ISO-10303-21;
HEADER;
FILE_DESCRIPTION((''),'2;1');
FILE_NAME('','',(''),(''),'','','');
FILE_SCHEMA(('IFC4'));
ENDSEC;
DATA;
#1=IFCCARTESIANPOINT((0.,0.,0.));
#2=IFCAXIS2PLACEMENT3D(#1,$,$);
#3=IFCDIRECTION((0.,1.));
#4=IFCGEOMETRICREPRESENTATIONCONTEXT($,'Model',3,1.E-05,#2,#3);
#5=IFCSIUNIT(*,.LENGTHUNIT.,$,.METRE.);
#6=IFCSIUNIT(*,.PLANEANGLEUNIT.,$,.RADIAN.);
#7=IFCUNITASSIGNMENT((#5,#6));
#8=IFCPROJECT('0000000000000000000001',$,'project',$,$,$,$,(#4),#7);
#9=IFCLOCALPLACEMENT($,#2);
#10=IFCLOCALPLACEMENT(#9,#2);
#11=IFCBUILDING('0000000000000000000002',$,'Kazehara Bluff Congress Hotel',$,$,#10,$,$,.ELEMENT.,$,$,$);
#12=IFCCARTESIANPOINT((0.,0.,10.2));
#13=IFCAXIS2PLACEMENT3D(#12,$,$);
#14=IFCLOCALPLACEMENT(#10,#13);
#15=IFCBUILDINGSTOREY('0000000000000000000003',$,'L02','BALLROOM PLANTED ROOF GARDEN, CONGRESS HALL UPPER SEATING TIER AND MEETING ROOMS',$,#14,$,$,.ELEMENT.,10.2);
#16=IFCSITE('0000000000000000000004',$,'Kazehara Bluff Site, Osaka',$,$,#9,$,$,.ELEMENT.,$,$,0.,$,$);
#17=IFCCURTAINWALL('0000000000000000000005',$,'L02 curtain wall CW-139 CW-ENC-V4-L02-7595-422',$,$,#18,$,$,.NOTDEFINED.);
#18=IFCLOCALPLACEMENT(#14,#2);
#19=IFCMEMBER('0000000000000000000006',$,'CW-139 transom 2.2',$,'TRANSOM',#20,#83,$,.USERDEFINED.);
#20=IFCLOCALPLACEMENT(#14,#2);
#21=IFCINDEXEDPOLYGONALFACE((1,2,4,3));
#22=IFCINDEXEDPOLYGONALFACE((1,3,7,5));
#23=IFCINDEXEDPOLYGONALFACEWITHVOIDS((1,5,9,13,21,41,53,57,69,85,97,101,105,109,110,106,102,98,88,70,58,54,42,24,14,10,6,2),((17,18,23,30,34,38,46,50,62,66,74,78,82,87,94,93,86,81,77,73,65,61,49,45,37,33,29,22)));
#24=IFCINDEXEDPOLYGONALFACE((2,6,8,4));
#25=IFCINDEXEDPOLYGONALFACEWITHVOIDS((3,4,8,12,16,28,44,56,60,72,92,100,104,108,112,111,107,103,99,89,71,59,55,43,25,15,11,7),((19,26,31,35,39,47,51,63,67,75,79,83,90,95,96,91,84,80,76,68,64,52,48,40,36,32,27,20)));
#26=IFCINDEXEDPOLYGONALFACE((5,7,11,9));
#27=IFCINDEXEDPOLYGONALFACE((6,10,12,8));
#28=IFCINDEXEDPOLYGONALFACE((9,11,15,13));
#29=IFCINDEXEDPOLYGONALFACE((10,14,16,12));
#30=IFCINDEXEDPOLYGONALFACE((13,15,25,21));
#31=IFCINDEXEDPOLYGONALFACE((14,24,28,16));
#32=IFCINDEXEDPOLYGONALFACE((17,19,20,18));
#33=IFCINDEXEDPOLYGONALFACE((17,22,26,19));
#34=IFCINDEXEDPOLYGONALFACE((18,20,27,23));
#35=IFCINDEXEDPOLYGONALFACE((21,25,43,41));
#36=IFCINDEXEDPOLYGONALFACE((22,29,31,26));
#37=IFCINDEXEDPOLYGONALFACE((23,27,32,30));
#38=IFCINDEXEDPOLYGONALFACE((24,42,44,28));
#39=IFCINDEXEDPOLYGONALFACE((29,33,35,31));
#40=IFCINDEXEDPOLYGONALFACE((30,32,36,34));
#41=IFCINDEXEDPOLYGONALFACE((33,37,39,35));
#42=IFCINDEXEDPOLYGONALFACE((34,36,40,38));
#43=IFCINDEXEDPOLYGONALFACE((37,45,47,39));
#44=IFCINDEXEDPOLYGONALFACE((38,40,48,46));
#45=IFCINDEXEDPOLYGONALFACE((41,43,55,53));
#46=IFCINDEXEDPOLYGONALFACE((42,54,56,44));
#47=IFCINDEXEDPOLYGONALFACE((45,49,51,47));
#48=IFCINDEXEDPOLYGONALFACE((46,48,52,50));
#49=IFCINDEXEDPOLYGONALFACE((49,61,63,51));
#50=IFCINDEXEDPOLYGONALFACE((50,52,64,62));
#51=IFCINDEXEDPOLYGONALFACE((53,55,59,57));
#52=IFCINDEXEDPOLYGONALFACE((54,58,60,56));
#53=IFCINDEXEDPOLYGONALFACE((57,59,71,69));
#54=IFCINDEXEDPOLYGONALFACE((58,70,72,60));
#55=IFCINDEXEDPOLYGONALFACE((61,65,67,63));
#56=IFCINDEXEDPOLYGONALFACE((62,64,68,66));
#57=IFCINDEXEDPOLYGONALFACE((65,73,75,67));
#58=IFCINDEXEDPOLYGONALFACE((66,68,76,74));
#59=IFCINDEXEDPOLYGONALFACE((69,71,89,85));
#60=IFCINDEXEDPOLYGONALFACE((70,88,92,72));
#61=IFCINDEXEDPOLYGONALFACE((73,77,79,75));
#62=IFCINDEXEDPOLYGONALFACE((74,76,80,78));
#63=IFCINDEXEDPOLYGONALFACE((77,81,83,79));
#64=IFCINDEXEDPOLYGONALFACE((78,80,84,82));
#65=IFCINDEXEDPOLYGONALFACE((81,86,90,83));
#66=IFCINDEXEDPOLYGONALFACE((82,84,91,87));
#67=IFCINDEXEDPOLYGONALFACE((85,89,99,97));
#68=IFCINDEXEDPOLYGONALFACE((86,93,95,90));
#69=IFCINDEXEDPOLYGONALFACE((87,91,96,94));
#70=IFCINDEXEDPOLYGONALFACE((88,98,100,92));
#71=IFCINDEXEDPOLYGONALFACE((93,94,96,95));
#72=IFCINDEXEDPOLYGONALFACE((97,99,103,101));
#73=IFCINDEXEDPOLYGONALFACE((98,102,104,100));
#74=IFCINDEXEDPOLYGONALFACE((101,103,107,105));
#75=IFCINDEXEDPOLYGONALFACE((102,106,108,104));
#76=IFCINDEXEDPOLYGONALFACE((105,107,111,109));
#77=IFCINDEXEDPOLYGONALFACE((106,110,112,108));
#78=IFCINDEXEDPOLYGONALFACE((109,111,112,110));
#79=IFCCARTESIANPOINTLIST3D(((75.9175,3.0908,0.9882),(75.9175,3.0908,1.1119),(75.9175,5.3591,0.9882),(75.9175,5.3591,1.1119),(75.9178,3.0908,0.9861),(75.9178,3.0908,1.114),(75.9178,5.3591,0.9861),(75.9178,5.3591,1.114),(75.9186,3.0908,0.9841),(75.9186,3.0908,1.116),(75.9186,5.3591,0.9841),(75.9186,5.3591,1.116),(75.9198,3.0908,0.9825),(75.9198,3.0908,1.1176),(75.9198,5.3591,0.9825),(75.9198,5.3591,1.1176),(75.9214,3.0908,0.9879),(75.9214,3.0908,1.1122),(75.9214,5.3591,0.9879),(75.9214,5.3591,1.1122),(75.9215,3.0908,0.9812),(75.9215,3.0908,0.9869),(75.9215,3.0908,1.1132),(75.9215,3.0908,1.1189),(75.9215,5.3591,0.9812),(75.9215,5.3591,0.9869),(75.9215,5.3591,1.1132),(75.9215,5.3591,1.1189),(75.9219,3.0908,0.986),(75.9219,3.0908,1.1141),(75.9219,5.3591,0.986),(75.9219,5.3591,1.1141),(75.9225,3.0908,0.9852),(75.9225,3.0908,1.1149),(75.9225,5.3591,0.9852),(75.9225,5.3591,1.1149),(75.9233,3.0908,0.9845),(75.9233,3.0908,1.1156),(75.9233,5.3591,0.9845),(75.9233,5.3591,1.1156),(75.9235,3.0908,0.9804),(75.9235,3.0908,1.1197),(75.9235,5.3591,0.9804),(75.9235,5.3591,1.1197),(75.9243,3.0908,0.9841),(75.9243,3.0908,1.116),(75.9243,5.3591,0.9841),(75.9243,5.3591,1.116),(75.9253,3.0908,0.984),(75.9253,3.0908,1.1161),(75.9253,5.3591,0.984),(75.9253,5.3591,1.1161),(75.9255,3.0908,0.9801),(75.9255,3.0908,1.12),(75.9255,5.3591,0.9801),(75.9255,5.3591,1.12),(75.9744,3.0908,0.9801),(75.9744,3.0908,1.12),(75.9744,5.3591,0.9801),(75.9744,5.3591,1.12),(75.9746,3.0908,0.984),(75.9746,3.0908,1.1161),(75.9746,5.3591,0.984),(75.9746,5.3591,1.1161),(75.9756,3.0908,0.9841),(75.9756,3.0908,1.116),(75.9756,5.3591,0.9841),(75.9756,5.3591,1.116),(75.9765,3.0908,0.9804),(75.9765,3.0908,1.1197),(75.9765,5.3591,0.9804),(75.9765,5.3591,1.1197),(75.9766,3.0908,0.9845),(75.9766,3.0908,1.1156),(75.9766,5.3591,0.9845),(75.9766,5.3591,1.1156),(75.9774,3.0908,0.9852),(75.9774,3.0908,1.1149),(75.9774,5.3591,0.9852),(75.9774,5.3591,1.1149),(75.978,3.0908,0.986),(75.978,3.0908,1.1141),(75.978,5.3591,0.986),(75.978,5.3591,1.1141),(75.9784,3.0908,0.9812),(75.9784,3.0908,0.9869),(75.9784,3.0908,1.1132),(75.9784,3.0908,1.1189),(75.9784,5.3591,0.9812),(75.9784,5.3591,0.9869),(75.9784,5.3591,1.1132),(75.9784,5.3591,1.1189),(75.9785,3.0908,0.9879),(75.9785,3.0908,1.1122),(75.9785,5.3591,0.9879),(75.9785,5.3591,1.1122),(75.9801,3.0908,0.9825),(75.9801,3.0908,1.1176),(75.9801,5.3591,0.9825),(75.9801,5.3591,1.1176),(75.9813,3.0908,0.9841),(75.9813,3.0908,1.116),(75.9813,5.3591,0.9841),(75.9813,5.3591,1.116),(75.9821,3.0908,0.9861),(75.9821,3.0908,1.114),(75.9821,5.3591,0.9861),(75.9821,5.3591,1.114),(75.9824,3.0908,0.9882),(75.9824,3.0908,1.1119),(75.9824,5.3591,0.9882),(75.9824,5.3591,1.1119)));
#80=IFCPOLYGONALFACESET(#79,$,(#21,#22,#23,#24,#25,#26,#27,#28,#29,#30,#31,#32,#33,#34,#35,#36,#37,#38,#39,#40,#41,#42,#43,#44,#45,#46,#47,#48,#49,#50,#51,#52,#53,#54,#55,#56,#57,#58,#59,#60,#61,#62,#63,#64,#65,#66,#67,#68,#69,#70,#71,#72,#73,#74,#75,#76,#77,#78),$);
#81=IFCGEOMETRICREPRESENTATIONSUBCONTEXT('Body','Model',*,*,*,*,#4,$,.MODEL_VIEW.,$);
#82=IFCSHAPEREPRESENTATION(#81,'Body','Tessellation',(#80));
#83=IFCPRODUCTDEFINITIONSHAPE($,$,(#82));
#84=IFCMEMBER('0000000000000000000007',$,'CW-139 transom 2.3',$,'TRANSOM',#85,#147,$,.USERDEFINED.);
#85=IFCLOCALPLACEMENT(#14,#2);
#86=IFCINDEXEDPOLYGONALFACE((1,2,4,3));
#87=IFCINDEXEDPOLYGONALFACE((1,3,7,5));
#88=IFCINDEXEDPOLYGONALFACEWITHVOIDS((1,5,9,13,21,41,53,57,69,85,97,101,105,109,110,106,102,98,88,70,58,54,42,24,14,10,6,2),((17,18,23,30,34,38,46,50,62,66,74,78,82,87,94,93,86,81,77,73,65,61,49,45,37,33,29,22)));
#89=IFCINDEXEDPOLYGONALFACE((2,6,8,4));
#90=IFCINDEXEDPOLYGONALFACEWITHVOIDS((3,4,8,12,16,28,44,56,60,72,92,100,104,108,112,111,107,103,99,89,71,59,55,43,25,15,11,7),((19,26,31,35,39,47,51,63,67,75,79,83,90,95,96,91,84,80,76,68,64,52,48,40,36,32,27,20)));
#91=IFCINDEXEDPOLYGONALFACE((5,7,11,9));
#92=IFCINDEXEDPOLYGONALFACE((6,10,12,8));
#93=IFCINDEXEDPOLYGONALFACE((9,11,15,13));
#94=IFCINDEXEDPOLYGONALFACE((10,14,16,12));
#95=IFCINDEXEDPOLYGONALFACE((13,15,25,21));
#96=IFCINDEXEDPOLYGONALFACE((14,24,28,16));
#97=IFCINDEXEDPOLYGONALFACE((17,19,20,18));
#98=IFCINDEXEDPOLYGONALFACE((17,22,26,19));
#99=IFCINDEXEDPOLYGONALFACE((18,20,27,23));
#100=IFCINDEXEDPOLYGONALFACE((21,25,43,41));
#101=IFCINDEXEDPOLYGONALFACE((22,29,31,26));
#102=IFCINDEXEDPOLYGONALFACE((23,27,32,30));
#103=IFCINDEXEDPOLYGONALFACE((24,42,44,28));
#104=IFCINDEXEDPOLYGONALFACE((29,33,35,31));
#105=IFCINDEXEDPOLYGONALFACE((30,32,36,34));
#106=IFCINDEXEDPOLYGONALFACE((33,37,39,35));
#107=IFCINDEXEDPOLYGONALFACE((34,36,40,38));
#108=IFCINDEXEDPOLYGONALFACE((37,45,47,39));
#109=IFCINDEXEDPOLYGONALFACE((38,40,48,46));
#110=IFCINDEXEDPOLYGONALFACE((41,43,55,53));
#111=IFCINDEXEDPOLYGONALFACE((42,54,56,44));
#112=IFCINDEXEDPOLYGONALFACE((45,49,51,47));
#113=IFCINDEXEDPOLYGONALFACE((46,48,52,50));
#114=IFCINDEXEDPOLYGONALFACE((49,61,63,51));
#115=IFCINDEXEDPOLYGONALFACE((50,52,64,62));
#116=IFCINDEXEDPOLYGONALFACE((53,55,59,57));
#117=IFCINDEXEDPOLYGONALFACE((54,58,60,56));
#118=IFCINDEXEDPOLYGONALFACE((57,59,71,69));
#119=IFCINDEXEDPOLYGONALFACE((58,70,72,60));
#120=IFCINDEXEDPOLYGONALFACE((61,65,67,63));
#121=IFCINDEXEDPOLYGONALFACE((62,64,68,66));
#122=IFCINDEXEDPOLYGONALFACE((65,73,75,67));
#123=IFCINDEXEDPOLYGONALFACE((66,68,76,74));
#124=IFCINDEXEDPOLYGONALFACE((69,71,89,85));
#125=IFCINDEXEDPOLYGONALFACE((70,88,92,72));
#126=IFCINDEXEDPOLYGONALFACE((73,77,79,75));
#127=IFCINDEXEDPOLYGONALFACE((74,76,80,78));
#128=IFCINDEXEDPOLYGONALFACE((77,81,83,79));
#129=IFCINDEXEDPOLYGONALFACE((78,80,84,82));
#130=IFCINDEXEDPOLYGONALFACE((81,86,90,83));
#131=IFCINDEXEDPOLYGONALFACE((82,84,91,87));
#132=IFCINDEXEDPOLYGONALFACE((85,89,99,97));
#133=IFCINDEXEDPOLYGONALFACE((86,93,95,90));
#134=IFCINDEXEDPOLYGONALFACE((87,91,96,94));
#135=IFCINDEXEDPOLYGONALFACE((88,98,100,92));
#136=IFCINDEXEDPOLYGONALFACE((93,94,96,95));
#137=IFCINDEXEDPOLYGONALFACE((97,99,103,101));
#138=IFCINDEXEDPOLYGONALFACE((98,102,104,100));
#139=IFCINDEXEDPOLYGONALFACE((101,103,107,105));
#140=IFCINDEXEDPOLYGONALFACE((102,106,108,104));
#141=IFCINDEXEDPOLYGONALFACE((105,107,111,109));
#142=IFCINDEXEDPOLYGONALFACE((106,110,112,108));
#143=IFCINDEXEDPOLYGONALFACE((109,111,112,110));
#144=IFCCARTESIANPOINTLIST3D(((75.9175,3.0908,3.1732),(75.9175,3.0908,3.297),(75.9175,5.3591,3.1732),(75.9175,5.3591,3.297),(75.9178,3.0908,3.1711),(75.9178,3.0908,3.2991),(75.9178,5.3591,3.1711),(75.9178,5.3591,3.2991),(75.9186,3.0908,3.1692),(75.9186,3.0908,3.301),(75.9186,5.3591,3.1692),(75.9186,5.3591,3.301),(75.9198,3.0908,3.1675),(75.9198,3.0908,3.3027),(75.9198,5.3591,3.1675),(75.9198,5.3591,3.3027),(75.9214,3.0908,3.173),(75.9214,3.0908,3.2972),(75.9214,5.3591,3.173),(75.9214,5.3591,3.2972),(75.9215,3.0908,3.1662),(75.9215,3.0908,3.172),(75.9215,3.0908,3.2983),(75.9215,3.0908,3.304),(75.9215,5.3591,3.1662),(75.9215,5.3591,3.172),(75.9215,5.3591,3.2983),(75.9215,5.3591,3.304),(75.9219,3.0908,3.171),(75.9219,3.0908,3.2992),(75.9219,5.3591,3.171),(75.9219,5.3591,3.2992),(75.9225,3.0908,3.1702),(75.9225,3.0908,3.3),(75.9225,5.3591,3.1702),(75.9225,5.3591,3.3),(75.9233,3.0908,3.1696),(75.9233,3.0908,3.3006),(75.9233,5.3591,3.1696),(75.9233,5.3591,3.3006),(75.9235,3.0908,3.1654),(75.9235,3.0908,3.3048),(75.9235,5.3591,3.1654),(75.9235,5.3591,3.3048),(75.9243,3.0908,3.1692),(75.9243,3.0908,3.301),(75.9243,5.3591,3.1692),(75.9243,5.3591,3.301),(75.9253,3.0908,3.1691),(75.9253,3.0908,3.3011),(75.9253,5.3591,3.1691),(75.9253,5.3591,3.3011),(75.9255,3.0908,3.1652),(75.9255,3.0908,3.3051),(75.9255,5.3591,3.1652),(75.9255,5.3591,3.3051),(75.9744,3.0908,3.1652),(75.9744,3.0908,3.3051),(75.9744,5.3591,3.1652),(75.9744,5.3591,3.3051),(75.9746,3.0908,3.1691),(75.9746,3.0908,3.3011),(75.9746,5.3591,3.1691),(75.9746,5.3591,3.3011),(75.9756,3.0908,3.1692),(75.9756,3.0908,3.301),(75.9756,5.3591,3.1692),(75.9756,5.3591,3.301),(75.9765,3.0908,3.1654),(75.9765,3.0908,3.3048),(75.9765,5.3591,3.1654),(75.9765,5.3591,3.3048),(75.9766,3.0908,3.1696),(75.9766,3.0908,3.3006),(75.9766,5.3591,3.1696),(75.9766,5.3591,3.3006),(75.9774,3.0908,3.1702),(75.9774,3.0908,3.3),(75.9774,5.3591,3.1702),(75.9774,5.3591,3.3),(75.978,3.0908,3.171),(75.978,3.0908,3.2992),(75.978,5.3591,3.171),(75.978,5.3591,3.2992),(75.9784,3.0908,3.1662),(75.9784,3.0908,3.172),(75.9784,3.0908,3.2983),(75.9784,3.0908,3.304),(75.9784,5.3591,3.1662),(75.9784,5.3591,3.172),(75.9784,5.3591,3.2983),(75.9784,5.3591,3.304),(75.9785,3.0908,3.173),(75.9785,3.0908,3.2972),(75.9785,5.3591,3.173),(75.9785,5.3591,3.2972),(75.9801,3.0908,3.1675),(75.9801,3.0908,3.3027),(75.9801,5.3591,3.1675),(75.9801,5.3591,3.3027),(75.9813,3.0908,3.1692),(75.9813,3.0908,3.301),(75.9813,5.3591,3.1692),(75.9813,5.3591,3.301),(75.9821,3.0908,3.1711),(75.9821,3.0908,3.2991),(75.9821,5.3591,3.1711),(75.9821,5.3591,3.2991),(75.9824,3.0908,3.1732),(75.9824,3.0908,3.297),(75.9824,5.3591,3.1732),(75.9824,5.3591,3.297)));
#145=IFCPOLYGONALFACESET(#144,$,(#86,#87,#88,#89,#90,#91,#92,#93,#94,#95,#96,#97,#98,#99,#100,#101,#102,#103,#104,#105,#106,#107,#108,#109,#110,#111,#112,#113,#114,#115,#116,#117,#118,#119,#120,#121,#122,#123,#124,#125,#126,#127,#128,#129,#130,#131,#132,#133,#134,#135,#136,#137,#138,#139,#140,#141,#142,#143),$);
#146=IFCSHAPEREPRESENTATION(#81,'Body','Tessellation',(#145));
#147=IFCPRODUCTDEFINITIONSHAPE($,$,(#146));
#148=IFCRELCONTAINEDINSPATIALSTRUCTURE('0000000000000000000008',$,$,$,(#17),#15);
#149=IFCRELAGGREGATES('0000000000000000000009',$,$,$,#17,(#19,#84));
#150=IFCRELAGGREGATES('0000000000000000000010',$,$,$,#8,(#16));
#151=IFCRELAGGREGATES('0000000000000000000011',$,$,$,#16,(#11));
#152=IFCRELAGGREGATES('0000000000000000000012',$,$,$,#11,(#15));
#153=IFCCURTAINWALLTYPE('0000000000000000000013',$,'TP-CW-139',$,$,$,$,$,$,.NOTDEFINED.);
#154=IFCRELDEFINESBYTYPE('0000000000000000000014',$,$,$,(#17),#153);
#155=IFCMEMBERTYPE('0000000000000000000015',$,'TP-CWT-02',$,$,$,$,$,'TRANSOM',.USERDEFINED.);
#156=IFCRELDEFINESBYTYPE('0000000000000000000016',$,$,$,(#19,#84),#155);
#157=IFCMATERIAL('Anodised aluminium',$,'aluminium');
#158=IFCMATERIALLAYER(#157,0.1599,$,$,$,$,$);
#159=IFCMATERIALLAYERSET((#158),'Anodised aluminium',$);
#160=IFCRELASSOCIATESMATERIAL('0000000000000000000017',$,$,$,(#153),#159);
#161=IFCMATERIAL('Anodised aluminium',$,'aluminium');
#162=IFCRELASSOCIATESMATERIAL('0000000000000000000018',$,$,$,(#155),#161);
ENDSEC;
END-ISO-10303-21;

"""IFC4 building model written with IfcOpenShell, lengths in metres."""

from ifc_helpers import new_model, si_unit, direction, frame, origin, origin_2d, place, context, subcontext, project, spatial, hollow_rectangle, extrude, material, layer, layer_set, material_profile, profile_set, type_object, element, aggregate, save


model = new_model("IFC4")

# Units and contexts
model_context = context("Model", 3, precision=1e-05, world=origin(), true_north=direction((0.0, 1.0)))
body_context = subcontext(model_context, "Body", "Model", "MODEL_VIEW")
ifc_project = project(units=[si_unit("LENGTHUNIT", "METRE"), si_unit("PLANEANGLEUNIT", "RADIAN")], contexts=[model_context])

# Site, building, storey
site_placement = place(None, origin())
site = spatial("IfcSite", under=ifc_project, at=site_placement, Name="Kazehara Bluff Site, Osaka", CompositionType="ELEMENT", RefElevation=0.0)
building_placement = place(site_placement, origin())
building = spatial("IfcBuilding", under=site, at=building_placement, Name="Kazehara Bluff Congress Hotel", CompositionType="ELEMENT")
storey_placement = place(building_placement, frame((0.0, 0.0, 10.2)))
storey = spatial("IfcBuildingStorey", under=building, at=storey_placement, Name="L02", Description="BALLROOM PLANTED ROOF GARDEN, CONGRESS HALL UPPER SEATING TIER AND MEETING ROOMS", CompositionType="ELEMENT", Elevation=10.2)

# Curtain wall, members
ifc_material_1 = material(Name="Anodised aluminium", Category="aluminium")
ifc_layer_1 = layer(ifc_material_1, 0.1599)
ifc_layer_set_1 = layer_set([ifc_layer_1], Name="Anodised aluminium")
curtain_wall_type = type_object("IfcCurtainWallType", Name="TP-CW-139", PredefinedType="NOTDEFINED", material=ifc_layer_set_1)
curtain_wall_placement = place(storey_placement, origin())
curtain_wall = element("IfcCurtainWall", 1, at=curtain_wall_placement, inside=storey, type_object=curtain_wall_type, Name="L02 curtain wall CW-139 CW-ENC-V4-L02-7595-422", PredefinedType="NOTDEFINED")
ifc_material_2 = material(Name="Anodised aluminium", Category="aluminium")
ifc_material_profile_1 = material_profile(ifc_material_2, hollow_rectangle(XDim=0.0649, YDim=0.1399, WallThickness=0.0039, InnerFilletRadius=0.0039, OuterFilletRadius=0.0081, at=origin_2d()))
ifc_profile_set_1 = profile_set([ifc_material_profile_1], Name="Anodised aluminium")
member_type_1 = type_object("IfcMemberType", Name="TP-CWT-02", ElementType="TRANSOM", PredefinedType="USERDEFINED", material=ifc_profile_set_1)
member_1_placement = place(storey_placement, frame((75.95, 5.3591, 1.05), z_axis=(0.0, -1.0, 0.0), x_axis=(1.0, 0.0, 0.0)))
member_1 = element("IfcMember", 2, at=member_1_placement, type_object=member_type_1, Name="CW-139 transom 2.2", ObjectType="TRANSOM", PredefinedType="USERDEFINED", context=body_context, shape_type="SweptSolid", body=[
    extrude(hollow_rectangle(XDim=0.0649, YDim=0.1399, WallThickness=0.0039, InnerFilletRadius=0.0039, OuterFilletRadius=0.0081, at=origin_2d()), origin(), (0.0, 0.0, 1.0), 2.2683),
])
member_2_placement = place(storey_placement, frame((75.95, 5.3591, 3.2351), z_axis=(0.0, -1.0, 0.0), x_axis=(1.0, 0.0, 0.0)))
member_2 = element("IfcMember", 3, at=member_2_placement, type_object=member_type_1, Name="CW-139 transom 2.3", ObjectType="TRANSOM", PredefinedType="USERDEFINED", context=body_context, shape_type="SweptSolid", body=[
    extrude(hollow_rectangle(XDim=0.0649, YDim=0.1399, WallThickness=0.0039, InnerFilletRadius=0.0039, OuterFilletRadius=0.0081, at=origin_2d()), origin(), (0.0, 0.0, 1.0), 2.2683),
])

aggregate(curtain_wall, [member_1, member_2])

save(model, "model.ifc")
